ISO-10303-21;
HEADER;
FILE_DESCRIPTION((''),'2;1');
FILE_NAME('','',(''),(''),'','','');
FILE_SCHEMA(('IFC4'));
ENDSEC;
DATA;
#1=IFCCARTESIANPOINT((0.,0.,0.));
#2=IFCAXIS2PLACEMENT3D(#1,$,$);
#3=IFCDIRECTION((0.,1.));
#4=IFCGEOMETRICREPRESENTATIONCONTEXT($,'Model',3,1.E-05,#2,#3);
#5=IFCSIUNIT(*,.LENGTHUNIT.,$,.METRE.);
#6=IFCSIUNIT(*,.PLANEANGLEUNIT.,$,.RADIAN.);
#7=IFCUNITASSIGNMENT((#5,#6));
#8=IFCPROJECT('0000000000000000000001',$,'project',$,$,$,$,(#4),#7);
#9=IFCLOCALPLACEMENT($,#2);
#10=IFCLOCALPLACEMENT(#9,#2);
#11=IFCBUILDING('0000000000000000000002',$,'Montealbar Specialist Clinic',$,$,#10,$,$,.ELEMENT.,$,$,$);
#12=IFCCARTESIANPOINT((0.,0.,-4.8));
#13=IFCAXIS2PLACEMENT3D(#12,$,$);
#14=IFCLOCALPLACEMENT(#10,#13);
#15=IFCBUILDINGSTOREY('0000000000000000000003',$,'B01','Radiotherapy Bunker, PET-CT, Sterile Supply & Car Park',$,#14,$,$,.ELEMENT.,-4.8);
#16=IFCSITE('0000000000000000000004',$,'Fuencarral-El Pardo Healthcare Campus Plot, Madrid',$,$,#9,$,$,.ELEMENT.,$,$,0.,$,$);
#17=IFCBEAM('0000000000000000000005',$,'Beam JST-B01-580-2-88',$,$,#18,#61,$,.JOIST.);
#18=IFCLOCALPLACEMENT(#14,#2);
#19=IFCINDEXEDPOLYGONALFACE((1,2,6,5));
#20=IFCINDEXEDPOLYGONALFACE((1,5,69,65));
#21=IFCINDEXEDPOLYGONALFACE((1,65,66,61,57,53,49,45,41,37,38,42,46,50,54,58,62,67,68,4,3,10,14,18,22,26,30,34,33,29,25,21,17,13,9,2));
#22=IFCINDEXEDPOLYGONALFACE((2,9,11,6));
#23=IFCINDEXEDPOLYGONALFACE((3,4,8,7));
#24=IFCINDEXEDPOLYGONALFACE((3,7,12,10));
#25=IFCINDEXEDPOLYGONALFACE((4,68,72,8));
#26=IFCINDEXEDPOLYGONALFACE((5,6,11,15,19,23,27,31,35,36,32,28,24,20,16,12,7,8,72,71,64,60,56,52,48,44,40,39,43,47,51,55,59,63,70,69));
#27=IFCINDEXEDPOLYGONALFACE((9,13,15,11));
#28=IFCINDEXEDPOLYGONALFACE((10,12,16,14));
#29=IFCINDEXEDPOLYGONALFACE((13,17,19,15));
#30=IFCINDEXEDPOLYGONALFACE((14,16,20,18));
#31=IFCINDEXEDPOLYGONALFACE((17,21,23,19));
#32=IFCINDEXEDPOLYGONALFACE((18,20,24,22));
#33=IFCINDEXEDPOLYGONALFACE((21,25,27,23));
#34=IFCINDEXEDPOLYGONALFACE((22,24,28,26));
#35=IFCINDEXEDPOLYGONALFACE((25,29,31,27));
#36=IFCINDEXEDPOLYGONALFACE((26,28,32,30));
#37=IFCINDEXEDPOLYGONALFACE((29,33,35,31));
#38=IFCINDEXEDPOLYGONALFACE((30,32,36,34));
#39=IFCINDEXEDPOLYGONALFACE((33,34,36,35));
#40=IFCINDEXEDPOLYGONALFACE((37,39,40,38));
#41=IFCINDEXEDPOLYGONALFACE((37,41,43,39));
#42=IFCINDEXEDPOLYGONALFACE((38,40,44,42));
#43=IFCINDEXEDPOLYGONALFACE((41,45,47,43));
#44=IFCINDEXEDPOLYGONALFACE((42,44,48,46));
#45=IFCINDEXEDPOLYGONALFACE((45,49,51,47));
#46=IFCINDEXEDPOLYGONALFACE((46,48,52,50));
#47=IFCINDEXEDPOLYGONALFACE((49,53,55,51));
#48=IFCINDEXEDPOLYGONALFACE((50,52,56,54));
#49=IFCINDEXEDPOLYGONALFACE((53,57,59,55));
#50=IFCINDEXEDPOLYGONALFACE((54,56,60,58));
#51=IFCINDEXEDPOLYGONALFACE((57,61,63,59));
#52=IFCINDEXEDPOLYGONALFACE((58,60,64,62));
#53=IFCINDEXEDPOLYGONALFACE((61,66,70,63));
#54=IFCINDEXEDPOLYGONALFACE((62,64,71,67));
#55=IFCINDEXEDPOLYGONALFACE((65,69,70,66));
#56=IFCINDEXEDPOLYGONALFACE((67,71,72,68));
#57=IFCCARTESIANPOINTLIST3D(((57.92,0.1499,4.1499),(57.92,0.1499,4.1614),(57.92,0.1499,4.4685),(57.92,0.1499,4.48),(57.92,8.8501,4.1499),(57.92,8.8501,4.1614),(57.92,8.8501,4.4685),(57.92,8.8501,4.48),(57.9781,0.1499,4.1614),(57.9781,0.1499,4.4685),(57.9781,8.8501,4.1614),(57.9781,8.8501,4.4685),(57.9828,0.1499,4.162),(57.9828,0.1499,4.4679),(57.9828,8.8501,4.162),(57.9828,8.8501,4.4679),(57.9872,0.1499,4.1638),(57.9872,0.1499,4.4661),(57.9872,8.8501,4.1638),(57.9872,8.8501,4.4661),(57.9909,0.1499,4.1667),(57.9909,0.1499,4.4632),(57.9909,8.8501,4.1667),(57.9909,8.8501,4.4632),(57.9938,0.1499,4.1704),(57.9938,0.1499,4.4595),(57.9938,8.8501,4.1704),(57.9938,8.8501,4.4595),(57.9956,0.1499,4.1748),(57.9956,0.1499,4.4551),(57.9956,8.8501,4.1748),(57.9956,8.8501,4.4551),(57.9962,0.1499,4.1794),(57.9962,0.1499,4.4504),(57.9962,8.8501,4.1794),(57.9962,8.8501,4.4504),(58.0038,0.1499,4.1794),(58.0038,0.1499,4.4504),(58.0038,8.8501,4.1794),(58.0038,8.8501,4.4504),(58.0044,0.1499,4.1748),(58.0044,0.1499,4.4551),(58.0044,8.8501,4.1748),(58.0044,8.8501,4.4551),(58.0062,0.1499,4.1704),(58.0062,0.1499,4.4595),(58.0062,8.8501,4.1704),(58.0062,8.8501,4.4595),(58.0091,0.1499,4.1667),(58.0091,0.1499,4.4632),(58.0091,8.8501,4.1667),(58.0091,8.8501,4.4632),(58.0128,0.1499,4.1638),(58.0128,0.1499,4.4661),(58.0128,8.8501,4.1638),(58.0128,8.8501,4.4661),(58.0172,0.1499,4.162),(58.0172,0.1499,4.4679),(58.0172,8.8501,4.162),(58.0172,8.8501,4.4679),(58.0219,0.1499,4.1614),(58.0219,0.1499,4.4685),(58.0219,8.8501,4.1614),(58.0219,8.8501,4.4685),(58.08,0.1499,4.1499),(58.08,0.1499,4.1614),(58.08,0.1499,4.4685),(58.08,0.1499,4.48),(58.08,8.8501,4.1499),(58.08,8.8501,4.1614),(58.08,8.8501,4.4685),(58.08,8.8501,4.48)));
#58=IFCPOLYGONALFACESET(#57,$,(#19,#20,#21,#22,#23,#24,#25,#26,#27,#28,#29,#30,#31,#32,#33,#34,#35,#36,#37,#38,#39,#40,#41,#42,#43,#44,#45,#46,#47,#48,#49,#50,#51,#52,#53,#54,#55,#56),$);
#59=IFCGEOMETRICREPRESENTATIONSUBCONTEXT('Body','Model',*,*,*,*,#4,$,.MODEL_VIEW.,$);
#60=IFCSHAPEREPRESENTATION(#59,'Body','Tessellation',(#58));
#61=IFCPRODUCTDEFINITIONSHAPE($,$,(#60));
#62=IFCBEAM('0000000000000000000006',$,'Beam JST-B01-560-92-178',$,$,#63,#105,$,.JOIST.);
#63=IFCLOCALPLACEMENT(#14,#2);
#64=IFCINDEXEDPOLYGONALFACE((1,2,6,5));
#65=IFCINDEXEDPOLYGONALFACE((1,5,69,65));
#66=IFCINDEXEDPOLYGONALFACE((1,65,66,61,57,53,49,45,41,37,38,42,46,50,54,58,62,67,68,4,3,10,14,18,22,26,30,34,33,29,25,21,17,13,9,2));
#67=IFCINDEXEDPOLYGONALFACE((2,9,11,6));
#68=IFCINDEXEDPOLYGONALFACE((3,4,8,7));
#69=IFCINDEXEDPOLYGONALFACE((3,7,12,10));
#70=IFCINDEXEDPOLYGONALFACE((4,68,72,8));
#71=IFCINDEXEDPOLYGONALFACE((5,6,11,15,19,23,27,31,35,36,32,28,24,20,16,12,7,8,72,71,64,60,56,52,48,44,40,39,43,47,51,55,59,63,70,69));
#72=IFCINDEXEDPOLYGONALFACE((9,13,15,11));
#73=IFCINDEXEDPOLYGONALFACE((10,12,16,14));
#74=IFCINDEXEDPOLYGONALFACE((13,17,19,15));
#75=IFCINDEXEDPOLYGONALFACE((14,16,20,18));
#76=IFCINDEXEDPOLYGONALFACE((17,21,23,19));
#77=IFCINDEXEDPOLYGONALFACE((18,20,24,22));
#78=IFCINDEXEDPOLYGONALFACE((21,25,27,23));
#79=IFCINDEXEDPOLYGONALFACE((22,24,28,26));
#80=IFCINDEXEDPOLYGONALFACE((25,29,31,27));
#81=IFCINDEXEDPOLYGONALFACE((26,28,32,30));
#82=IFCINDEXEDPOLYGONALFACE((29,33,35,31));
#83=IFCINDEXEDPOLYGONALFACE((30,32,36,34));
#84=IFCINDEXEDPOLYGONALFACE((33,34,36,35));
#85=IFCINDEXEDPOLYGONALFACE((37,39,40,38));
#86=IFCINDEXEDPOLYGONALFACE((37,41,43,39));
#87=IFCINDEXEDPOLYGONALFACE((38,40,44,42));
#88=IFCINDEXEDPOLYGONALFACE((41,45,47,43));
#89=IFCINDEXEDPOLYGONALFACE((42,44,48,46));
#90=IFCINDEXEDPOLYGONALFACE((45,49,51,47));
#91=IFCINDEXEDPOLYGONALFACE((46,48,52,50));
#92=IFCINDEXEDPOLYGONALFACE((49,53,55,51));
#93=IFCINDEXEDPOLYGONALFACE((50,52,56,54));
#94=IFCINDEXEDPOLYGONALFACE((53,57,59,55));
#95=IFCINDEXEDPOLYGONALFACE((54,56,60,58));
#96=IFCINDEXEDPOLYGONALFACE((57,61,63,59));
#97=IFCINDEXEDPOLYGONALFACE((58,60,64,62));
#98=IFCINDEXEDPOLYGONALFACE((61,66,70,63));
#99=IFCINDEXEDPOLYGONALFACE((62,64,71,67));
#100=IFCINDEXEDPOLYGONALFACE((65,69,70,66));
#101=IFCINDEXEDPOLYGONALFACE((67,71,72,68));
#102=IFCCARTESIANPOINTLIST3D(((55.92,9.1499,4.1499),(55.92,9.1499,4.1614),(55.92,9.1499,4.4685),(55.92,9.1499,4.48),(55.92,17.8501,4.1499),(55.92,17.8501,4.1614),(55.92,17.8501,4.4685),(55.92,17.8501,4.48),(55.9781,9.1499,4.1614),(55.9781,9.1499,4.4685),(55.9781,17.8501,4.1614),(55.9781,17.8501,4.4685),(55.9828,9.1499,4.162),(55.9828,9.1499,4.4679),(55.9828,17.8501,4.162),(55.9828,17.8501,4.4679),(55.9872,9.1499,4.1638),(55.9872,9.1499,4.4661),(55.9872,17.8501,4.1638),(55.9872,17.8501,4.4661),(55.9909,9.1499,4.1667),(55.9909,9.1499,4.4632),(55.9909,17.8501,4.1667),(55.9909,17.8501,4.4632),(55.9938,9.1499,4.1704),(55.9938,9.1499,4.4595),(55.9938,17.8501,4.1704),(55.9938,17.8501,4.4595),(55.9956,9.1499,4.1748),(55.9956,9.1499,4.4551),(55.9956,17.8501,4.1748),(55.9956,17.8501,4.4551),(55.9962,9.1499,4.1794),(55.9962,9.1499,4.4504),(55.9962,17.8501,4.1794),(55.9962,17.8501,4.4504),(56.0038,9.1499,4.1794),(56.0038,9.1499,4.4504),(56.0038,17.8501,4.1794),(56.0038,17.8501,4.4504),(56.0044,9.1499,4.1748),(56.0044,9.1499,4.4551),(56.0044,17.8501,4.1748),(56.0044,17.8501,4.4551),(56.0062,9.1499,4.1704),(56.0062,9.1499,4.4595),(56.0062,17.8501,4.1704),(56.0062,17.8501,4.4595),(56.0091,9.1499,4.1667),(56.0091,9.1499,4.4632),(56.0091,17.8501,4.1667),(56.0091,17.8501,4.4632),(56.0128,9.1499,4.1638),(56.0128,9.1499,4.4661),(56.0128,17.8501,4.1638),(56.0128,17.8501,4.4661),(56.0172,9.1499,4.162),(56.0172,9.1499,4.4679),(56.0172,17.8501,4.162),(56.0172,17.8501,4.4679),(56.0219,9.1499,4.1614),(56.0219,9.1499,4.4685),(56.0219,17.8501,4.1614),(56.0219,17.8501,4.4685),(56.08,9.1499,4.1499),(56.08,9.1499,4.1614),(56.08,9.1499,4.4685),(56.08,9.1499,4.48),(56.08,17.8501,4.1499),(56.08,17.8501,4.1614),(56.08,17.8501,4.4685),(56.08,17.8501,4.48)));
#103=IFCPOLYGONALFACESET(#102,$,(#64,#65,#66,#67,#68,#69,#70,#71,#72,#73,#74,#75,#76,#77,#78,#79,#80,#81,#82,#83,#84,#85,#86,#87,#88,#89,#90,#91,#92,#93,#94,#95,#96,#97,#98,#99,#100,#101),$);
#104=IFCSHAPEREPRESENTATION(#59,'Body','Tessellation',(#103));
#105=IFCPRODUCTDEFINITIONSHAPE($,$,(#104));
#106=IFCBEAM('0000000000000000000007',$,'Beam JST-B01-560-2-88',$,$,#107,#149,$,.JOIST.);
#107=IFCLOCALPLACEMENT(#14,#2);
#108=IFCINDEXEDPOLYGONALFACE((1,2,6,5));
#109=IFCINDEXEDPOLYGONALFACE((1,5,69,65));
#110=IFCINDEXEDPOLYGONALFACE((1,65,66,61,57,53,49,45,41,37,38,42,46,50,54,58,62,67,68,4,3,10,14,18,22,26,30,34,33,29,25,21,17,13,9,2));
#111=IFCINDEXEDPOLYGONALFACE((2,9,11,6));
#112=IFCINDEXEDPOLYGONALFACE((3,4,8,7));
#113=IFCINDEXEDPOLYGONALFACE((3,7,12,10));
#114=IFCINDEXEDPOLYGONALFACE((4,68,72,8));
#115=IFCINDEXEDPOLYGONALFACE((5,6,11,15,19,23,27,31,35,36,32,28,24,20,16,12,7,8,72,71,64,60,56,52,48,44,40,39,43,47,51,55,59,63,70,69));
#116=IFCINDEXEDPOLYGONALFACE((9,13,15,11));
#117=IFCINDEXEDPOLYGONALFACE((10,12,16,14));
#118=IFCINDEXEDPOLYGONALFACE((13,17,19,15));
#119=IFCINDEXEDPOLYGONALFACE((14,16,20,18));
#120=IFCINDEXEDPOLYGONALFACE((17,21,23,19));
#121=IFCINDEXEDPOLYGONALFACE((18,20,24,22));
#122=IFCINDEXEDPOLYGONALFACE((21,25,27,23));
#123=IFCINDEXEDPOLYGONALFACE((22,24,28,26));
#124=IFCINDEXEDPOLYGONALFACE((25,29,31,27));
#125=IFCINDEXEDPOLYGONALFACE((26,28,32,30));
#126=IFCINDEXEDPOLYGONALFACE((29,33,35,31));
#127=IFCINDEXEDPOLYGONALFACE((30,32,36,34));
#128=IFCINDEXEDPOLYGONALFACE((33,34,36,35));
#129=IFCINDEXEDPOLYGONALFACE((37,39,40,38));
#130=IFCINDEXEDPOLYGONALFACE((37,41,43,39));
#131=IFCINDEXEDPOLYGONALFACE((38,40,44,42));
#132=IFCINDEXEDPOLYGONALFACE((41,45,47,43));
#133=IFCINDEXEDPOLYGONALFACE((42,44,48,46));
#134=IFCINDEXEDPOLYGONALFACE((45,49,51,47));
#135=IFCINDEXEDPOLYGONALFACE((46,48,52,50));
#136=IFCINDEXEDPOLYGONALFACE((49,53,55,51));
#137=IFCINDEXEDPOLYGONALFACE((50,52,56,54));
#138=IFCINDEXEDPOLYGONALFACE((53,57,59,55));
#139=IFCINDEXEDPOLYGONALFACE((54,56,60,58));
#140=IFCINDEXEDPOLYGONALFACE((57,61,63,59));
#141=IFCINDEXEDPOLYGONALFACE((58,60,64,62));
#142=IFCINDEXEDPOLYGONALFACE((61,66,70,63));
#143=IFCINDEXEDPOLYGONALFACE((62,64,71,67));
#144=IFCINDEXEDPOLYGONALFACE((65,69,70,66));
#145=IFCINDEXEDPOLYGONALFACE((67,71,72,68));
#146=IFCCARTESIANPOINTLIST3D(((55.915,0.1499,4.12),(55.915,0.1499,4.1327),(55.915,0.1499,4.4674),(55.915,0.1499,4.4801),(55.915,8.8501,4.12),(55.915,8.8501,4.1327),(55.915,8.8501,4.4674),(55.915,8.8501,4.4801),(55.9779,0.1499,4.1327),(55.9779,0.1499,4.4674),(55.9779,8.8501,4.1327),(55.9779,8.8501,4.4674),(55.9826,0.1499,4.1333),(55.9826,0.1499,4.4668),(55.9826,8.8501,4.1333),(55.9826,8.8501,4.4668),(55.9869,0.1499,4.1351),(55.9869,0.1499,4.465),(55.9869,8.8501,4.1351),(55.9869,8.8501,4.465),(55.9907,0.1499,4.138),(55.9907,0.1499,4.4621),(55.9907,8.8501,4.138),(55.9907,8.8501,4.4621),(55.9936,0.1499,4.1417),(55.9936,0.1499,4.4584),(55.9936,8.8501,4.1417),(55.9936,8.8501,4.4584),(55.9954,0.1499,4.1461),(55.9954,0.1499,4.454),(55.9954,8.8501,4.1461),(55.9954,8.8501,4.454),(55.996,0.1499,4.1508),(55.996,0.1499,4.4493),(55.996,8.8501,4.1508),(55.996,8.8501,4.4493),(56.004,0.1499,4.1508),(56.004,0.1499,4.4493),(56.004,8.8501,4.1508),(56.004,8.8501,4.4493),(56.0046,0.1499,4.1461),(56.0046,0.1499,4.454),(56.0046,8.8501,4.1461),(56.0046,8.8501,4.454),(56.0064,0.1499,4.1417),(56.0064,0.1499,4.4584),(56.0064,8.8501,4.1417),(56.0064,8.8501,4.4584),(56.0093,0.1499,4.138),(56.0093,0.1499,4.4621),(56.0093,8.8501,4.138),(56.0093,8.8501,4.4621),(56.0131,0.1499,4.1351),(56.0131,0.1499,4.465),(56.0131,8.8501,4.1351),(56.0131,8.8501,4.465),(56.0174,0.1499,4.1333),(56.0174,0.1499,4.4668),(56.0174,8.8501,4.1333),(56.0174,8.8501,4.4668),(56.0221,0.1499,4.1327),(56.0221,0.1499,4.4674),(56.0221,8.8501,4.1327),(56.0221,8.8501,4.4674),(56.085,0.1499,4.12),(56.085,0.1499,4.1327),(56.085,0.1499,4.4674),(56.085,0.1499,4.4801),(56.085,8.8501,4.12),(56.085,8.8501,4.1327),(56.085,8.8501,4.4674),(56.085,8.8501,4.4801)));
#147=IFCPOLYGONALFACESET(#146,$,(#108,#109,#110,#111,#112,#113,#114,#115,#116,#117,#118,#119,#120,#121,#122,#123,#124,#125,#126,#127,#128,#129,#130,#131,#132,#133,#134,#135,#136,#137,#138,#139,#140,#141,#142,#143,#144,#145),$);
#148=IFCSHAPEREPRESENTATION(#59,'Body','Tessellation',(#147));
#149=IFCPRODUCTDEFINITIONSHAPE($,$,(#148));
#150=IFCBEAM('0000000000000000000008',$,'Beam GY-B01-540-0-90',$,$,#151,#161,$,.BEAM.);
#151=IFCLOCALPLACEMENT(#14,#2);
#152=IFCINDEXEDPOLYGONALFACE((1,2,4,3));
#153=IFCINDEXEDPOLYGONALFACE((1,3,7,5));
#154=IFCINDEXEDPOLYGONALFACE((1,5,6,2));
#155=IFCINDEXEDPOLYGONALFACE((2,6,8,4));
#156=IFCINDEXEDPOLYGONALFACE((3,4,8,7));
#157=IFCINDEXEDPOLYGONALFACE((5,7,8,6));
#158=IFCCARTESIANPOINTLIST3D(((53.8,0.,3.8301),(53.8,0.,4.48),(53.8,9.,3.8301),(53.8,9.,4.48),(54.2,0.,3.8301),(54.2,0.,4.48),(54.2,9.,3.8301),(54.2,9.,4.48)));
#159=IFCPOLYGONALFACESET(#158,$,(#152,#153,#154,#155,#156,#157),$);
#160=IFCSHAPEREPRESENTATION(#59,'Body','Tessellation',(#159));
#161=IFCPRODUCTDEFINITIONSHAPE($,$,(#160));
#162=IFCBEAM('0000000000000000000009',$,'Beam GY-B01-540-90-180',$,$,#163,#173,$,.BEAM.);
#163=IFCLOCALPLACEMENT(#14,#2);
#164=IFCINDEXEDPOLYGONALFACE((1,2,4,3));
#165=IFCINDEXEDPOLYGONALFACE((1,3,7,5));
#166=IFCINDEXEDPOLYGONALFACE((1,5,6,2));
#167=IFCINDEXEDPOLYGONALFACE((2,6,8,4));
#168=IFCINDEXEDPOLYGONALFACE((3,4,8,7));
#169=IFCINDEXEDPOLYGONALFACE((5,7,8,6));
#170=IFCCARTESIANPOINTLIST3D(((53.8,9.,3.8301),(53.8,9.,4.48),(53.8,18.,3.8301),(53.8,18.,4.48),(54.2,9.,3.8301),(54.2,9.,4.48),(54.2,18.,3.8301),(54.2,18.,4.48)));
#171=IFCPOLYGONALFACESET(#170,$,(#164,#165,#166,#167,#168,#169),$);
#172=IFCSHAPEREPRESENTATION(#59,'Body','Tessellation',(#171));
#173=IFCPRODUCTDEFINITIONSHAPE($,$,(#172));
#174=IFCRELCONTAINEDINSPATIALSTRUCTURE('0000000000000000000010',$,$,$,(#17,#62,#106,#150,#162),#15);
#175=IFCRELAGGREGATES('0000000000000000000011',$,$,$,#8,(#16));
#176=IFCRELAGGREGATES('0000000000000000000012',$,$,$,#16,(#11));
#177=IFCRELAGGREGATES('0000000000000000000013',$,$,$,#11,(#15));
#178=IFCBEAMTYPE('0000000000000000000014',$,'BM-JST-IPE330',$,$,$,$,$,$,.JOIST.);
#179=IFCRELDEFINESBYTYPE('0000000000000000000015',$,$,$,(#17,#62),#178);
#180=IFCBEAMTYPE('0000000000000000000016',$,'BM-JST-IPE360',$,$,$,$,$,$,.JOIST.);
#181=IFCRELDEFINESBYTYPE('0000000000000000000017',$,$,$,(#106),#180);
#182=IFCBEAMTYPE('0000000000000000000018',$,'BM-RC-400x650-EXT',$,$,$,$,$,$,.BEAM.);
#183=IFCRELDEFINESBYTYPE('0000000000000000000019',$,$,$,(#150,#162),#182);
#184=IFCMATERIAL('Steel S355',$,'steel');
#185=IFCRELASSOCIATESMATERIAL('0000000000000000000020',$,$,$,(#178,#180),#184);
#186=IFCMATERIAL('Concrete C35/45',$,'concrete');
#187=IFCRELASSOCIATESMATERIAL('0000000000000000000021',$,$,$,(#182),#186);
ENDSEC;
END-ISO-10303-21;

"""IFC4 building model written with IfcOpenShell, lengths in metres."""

from ifc_helpers import new_model, si_unit, direction, frame, origin, origin_2d, place, context, subcontext, project, spatial, rectangle, i_section, extrude, material, material_profile, profile_set, type_object, element, save


model = new_model("IFC4")

# Units and contexts
model_context = context("Model", 3, precision=1e-05, world=origin(), true_north=direction((0.0, 1.0)))
body_context = subcontext(model_context, "Body", "Model", "MODEL_VIEW")
ifc_project = project(units=[si_unit("LENGTHUNIT", "METRE"), si_unit("PLANEANGLEUNIT", "RADIAN")], contexts=[model_context])

# Site, building, storey
site_placement = place(None, origin())
site = spatial("IfcSite", under=ifc_project, at=site_placement, Name="Fuencarral-El Pardo Healthcare Campus Plot, Madrid", CompositionType="ELEMENT", RefElevation=0.0)
building_placement = place(site_placement, origin())
building = spatial("IfcBuilding", under=site, at=building_placement, Name="Montealbar Specialist Clinic", CompositionType="ELEMENT")
storey_placement = place(building_placement, frame((0.0, 0.0, -4.8)))
storey = spatial("IfcBuildingStorey", under=building, at=storey_placement, Name="B01", Description="Radiotherapy Bunker, PET-CT, Sterile Supply & Car Park", CompositionType="ELEMENT", Elevation=-4.8)

# Shared definitions
ifc_material_1 = material(Name="Concrete C35/45", Category="concrete")

# Shared definitions
ifc_material_2 = material(Name="Steel S355", Category="steel")

# Beams
ifc_material_profile_1 = material_profile(ifc_material_2, i_section(OverallWidth=0.1599, OverallDepth=0.3301, WebThickness=0.0076, FlangeThickness=0.0115, FilletRadius=0.0181, at=origin_2d()), Name="IPE 330", Category="steel")
ifc_profile_set_1 = profile_set([ifc_material_profile_1], Name="Steel S355")
beam_type_1 = type_object("IfcBeamType", Name="BM-JST-IPE330", PredefinedType="JOIST", material=ifc_profile_set_1)
for number, where, z_axis, x_axis, name in (
    (1, (58.0, 0.1499, 4.3149), (0.0, 1.0, 0.0), (-1.0, 0.0, 0.0), "Beam JST-B01-580-2-88"),
    (2, (56.0, 9.1499, 4.3149), (0.0, 1.0, 0.0), (-1.0, 0.0, 0.0), "Beam JST-B01-560-92-178"),
):
    element("IfcBeam", number, at=place(storey_placement, frame(where, z_axis=z_axis, x_axis=x_axis)), inside=storey, type_object=beam_type_1, Name=name, PredefinedType="JOIST", context=body_context, shape_type="SweptSolid", body=[
        extrude(i_section(OverallWidth=0.1599, OverallDepth=0.3301, WebThickness=0.0076, FlangeThickness=0.0115, FilletRadius=0.0181, at=origin_2d()), origin(), (0.0, 0.0, 1.0), 8.7002),
    ])
ifc_material_profile_2 = material_profile(ifc_material_2, i_section(OverallWidth=0.1699, OverallDepth=0.3601, WebThickness=0.0081, FlangeThickness=0.0127, FilletRadius=0.0181, at=origin_2d()), Name="IPE 360", Category="steel")
ifc_profile_set_2 = profile_set([ifc_material_profile_2], Name="Steel S355")
beam_type_2 = type_object("IfcBeamType", Name="BM-JST-IPE360", PredefinedType="JOIST", material=ifc_profile_set_2)
beam_1_placement = place(storey_placement, frame((56.0, 0.1499, 4.3), z_axis=(0.0, 1.0, 0.0), x_axis=(-1.0, 0.0, 0.0)))
element("IfcBeam", 3, at=beam_1_placement, inside=storey, type_object=beam_type_2, Name="Beam JST-B01-560-2-88", PredefinedType="JOIST", context=body_context, shape_type="SweptSolid", body=[
    extrude(i_section(OverallWidth=0.1699, OverallDepth=0.3601, WebThickness=0.0081, FlangeThickness=0.0127, FilletRadius=0.0181, at=origin_2d()), origin(), (0.0, 0.0, 1.0), 8.7002),
])
ifc_material_profile_3 = material_profile(ifc_material_1, rectangle(XDim=0.3999, YDim=0.6499, at=origin_2d()), Name="RC 400x650", Category="concrete")
ifc_profile_set_3 = profile_set([ifc_material_profile_3], Name="Concrete C35/45")
beam_type_3 = type_object("IfcBeamType", Name="BM-RC-400x650-EXT", PredefinedType="BEAM", material=ifc_profile_set_3)
for number, where, z_axis, x_axis, name in (
    (4, (54.0, 0.0, 4.155), (0.0, 1.0, 0.0), (-1.0, 0.0, 0.0), "Beam GY-B01-540-0-90"),
    (5, (54.0, 9.0, 4.155), (0.0, 1.0, 0.0), (-1.0, 0.0, 0.0), "Beam GY-B01-540-90-180"),
):
    element("IfcBeam", number, at=place(storey_placement, frame(where, z_axis=z_axis, x_axis=x_axis)), inside=storey, type_object=beam_type_3, Name=name, PredefinedType="BEAM", context=body_context, shape_type="SweptSolid", body=[
        extrude(rectangle(XDim=0.3999, YDim=0.6499, at=origin_2d()), origin(), (0.0, 0.0, 1.0), 9.0),
    ])

save(model, "model.ifc")
